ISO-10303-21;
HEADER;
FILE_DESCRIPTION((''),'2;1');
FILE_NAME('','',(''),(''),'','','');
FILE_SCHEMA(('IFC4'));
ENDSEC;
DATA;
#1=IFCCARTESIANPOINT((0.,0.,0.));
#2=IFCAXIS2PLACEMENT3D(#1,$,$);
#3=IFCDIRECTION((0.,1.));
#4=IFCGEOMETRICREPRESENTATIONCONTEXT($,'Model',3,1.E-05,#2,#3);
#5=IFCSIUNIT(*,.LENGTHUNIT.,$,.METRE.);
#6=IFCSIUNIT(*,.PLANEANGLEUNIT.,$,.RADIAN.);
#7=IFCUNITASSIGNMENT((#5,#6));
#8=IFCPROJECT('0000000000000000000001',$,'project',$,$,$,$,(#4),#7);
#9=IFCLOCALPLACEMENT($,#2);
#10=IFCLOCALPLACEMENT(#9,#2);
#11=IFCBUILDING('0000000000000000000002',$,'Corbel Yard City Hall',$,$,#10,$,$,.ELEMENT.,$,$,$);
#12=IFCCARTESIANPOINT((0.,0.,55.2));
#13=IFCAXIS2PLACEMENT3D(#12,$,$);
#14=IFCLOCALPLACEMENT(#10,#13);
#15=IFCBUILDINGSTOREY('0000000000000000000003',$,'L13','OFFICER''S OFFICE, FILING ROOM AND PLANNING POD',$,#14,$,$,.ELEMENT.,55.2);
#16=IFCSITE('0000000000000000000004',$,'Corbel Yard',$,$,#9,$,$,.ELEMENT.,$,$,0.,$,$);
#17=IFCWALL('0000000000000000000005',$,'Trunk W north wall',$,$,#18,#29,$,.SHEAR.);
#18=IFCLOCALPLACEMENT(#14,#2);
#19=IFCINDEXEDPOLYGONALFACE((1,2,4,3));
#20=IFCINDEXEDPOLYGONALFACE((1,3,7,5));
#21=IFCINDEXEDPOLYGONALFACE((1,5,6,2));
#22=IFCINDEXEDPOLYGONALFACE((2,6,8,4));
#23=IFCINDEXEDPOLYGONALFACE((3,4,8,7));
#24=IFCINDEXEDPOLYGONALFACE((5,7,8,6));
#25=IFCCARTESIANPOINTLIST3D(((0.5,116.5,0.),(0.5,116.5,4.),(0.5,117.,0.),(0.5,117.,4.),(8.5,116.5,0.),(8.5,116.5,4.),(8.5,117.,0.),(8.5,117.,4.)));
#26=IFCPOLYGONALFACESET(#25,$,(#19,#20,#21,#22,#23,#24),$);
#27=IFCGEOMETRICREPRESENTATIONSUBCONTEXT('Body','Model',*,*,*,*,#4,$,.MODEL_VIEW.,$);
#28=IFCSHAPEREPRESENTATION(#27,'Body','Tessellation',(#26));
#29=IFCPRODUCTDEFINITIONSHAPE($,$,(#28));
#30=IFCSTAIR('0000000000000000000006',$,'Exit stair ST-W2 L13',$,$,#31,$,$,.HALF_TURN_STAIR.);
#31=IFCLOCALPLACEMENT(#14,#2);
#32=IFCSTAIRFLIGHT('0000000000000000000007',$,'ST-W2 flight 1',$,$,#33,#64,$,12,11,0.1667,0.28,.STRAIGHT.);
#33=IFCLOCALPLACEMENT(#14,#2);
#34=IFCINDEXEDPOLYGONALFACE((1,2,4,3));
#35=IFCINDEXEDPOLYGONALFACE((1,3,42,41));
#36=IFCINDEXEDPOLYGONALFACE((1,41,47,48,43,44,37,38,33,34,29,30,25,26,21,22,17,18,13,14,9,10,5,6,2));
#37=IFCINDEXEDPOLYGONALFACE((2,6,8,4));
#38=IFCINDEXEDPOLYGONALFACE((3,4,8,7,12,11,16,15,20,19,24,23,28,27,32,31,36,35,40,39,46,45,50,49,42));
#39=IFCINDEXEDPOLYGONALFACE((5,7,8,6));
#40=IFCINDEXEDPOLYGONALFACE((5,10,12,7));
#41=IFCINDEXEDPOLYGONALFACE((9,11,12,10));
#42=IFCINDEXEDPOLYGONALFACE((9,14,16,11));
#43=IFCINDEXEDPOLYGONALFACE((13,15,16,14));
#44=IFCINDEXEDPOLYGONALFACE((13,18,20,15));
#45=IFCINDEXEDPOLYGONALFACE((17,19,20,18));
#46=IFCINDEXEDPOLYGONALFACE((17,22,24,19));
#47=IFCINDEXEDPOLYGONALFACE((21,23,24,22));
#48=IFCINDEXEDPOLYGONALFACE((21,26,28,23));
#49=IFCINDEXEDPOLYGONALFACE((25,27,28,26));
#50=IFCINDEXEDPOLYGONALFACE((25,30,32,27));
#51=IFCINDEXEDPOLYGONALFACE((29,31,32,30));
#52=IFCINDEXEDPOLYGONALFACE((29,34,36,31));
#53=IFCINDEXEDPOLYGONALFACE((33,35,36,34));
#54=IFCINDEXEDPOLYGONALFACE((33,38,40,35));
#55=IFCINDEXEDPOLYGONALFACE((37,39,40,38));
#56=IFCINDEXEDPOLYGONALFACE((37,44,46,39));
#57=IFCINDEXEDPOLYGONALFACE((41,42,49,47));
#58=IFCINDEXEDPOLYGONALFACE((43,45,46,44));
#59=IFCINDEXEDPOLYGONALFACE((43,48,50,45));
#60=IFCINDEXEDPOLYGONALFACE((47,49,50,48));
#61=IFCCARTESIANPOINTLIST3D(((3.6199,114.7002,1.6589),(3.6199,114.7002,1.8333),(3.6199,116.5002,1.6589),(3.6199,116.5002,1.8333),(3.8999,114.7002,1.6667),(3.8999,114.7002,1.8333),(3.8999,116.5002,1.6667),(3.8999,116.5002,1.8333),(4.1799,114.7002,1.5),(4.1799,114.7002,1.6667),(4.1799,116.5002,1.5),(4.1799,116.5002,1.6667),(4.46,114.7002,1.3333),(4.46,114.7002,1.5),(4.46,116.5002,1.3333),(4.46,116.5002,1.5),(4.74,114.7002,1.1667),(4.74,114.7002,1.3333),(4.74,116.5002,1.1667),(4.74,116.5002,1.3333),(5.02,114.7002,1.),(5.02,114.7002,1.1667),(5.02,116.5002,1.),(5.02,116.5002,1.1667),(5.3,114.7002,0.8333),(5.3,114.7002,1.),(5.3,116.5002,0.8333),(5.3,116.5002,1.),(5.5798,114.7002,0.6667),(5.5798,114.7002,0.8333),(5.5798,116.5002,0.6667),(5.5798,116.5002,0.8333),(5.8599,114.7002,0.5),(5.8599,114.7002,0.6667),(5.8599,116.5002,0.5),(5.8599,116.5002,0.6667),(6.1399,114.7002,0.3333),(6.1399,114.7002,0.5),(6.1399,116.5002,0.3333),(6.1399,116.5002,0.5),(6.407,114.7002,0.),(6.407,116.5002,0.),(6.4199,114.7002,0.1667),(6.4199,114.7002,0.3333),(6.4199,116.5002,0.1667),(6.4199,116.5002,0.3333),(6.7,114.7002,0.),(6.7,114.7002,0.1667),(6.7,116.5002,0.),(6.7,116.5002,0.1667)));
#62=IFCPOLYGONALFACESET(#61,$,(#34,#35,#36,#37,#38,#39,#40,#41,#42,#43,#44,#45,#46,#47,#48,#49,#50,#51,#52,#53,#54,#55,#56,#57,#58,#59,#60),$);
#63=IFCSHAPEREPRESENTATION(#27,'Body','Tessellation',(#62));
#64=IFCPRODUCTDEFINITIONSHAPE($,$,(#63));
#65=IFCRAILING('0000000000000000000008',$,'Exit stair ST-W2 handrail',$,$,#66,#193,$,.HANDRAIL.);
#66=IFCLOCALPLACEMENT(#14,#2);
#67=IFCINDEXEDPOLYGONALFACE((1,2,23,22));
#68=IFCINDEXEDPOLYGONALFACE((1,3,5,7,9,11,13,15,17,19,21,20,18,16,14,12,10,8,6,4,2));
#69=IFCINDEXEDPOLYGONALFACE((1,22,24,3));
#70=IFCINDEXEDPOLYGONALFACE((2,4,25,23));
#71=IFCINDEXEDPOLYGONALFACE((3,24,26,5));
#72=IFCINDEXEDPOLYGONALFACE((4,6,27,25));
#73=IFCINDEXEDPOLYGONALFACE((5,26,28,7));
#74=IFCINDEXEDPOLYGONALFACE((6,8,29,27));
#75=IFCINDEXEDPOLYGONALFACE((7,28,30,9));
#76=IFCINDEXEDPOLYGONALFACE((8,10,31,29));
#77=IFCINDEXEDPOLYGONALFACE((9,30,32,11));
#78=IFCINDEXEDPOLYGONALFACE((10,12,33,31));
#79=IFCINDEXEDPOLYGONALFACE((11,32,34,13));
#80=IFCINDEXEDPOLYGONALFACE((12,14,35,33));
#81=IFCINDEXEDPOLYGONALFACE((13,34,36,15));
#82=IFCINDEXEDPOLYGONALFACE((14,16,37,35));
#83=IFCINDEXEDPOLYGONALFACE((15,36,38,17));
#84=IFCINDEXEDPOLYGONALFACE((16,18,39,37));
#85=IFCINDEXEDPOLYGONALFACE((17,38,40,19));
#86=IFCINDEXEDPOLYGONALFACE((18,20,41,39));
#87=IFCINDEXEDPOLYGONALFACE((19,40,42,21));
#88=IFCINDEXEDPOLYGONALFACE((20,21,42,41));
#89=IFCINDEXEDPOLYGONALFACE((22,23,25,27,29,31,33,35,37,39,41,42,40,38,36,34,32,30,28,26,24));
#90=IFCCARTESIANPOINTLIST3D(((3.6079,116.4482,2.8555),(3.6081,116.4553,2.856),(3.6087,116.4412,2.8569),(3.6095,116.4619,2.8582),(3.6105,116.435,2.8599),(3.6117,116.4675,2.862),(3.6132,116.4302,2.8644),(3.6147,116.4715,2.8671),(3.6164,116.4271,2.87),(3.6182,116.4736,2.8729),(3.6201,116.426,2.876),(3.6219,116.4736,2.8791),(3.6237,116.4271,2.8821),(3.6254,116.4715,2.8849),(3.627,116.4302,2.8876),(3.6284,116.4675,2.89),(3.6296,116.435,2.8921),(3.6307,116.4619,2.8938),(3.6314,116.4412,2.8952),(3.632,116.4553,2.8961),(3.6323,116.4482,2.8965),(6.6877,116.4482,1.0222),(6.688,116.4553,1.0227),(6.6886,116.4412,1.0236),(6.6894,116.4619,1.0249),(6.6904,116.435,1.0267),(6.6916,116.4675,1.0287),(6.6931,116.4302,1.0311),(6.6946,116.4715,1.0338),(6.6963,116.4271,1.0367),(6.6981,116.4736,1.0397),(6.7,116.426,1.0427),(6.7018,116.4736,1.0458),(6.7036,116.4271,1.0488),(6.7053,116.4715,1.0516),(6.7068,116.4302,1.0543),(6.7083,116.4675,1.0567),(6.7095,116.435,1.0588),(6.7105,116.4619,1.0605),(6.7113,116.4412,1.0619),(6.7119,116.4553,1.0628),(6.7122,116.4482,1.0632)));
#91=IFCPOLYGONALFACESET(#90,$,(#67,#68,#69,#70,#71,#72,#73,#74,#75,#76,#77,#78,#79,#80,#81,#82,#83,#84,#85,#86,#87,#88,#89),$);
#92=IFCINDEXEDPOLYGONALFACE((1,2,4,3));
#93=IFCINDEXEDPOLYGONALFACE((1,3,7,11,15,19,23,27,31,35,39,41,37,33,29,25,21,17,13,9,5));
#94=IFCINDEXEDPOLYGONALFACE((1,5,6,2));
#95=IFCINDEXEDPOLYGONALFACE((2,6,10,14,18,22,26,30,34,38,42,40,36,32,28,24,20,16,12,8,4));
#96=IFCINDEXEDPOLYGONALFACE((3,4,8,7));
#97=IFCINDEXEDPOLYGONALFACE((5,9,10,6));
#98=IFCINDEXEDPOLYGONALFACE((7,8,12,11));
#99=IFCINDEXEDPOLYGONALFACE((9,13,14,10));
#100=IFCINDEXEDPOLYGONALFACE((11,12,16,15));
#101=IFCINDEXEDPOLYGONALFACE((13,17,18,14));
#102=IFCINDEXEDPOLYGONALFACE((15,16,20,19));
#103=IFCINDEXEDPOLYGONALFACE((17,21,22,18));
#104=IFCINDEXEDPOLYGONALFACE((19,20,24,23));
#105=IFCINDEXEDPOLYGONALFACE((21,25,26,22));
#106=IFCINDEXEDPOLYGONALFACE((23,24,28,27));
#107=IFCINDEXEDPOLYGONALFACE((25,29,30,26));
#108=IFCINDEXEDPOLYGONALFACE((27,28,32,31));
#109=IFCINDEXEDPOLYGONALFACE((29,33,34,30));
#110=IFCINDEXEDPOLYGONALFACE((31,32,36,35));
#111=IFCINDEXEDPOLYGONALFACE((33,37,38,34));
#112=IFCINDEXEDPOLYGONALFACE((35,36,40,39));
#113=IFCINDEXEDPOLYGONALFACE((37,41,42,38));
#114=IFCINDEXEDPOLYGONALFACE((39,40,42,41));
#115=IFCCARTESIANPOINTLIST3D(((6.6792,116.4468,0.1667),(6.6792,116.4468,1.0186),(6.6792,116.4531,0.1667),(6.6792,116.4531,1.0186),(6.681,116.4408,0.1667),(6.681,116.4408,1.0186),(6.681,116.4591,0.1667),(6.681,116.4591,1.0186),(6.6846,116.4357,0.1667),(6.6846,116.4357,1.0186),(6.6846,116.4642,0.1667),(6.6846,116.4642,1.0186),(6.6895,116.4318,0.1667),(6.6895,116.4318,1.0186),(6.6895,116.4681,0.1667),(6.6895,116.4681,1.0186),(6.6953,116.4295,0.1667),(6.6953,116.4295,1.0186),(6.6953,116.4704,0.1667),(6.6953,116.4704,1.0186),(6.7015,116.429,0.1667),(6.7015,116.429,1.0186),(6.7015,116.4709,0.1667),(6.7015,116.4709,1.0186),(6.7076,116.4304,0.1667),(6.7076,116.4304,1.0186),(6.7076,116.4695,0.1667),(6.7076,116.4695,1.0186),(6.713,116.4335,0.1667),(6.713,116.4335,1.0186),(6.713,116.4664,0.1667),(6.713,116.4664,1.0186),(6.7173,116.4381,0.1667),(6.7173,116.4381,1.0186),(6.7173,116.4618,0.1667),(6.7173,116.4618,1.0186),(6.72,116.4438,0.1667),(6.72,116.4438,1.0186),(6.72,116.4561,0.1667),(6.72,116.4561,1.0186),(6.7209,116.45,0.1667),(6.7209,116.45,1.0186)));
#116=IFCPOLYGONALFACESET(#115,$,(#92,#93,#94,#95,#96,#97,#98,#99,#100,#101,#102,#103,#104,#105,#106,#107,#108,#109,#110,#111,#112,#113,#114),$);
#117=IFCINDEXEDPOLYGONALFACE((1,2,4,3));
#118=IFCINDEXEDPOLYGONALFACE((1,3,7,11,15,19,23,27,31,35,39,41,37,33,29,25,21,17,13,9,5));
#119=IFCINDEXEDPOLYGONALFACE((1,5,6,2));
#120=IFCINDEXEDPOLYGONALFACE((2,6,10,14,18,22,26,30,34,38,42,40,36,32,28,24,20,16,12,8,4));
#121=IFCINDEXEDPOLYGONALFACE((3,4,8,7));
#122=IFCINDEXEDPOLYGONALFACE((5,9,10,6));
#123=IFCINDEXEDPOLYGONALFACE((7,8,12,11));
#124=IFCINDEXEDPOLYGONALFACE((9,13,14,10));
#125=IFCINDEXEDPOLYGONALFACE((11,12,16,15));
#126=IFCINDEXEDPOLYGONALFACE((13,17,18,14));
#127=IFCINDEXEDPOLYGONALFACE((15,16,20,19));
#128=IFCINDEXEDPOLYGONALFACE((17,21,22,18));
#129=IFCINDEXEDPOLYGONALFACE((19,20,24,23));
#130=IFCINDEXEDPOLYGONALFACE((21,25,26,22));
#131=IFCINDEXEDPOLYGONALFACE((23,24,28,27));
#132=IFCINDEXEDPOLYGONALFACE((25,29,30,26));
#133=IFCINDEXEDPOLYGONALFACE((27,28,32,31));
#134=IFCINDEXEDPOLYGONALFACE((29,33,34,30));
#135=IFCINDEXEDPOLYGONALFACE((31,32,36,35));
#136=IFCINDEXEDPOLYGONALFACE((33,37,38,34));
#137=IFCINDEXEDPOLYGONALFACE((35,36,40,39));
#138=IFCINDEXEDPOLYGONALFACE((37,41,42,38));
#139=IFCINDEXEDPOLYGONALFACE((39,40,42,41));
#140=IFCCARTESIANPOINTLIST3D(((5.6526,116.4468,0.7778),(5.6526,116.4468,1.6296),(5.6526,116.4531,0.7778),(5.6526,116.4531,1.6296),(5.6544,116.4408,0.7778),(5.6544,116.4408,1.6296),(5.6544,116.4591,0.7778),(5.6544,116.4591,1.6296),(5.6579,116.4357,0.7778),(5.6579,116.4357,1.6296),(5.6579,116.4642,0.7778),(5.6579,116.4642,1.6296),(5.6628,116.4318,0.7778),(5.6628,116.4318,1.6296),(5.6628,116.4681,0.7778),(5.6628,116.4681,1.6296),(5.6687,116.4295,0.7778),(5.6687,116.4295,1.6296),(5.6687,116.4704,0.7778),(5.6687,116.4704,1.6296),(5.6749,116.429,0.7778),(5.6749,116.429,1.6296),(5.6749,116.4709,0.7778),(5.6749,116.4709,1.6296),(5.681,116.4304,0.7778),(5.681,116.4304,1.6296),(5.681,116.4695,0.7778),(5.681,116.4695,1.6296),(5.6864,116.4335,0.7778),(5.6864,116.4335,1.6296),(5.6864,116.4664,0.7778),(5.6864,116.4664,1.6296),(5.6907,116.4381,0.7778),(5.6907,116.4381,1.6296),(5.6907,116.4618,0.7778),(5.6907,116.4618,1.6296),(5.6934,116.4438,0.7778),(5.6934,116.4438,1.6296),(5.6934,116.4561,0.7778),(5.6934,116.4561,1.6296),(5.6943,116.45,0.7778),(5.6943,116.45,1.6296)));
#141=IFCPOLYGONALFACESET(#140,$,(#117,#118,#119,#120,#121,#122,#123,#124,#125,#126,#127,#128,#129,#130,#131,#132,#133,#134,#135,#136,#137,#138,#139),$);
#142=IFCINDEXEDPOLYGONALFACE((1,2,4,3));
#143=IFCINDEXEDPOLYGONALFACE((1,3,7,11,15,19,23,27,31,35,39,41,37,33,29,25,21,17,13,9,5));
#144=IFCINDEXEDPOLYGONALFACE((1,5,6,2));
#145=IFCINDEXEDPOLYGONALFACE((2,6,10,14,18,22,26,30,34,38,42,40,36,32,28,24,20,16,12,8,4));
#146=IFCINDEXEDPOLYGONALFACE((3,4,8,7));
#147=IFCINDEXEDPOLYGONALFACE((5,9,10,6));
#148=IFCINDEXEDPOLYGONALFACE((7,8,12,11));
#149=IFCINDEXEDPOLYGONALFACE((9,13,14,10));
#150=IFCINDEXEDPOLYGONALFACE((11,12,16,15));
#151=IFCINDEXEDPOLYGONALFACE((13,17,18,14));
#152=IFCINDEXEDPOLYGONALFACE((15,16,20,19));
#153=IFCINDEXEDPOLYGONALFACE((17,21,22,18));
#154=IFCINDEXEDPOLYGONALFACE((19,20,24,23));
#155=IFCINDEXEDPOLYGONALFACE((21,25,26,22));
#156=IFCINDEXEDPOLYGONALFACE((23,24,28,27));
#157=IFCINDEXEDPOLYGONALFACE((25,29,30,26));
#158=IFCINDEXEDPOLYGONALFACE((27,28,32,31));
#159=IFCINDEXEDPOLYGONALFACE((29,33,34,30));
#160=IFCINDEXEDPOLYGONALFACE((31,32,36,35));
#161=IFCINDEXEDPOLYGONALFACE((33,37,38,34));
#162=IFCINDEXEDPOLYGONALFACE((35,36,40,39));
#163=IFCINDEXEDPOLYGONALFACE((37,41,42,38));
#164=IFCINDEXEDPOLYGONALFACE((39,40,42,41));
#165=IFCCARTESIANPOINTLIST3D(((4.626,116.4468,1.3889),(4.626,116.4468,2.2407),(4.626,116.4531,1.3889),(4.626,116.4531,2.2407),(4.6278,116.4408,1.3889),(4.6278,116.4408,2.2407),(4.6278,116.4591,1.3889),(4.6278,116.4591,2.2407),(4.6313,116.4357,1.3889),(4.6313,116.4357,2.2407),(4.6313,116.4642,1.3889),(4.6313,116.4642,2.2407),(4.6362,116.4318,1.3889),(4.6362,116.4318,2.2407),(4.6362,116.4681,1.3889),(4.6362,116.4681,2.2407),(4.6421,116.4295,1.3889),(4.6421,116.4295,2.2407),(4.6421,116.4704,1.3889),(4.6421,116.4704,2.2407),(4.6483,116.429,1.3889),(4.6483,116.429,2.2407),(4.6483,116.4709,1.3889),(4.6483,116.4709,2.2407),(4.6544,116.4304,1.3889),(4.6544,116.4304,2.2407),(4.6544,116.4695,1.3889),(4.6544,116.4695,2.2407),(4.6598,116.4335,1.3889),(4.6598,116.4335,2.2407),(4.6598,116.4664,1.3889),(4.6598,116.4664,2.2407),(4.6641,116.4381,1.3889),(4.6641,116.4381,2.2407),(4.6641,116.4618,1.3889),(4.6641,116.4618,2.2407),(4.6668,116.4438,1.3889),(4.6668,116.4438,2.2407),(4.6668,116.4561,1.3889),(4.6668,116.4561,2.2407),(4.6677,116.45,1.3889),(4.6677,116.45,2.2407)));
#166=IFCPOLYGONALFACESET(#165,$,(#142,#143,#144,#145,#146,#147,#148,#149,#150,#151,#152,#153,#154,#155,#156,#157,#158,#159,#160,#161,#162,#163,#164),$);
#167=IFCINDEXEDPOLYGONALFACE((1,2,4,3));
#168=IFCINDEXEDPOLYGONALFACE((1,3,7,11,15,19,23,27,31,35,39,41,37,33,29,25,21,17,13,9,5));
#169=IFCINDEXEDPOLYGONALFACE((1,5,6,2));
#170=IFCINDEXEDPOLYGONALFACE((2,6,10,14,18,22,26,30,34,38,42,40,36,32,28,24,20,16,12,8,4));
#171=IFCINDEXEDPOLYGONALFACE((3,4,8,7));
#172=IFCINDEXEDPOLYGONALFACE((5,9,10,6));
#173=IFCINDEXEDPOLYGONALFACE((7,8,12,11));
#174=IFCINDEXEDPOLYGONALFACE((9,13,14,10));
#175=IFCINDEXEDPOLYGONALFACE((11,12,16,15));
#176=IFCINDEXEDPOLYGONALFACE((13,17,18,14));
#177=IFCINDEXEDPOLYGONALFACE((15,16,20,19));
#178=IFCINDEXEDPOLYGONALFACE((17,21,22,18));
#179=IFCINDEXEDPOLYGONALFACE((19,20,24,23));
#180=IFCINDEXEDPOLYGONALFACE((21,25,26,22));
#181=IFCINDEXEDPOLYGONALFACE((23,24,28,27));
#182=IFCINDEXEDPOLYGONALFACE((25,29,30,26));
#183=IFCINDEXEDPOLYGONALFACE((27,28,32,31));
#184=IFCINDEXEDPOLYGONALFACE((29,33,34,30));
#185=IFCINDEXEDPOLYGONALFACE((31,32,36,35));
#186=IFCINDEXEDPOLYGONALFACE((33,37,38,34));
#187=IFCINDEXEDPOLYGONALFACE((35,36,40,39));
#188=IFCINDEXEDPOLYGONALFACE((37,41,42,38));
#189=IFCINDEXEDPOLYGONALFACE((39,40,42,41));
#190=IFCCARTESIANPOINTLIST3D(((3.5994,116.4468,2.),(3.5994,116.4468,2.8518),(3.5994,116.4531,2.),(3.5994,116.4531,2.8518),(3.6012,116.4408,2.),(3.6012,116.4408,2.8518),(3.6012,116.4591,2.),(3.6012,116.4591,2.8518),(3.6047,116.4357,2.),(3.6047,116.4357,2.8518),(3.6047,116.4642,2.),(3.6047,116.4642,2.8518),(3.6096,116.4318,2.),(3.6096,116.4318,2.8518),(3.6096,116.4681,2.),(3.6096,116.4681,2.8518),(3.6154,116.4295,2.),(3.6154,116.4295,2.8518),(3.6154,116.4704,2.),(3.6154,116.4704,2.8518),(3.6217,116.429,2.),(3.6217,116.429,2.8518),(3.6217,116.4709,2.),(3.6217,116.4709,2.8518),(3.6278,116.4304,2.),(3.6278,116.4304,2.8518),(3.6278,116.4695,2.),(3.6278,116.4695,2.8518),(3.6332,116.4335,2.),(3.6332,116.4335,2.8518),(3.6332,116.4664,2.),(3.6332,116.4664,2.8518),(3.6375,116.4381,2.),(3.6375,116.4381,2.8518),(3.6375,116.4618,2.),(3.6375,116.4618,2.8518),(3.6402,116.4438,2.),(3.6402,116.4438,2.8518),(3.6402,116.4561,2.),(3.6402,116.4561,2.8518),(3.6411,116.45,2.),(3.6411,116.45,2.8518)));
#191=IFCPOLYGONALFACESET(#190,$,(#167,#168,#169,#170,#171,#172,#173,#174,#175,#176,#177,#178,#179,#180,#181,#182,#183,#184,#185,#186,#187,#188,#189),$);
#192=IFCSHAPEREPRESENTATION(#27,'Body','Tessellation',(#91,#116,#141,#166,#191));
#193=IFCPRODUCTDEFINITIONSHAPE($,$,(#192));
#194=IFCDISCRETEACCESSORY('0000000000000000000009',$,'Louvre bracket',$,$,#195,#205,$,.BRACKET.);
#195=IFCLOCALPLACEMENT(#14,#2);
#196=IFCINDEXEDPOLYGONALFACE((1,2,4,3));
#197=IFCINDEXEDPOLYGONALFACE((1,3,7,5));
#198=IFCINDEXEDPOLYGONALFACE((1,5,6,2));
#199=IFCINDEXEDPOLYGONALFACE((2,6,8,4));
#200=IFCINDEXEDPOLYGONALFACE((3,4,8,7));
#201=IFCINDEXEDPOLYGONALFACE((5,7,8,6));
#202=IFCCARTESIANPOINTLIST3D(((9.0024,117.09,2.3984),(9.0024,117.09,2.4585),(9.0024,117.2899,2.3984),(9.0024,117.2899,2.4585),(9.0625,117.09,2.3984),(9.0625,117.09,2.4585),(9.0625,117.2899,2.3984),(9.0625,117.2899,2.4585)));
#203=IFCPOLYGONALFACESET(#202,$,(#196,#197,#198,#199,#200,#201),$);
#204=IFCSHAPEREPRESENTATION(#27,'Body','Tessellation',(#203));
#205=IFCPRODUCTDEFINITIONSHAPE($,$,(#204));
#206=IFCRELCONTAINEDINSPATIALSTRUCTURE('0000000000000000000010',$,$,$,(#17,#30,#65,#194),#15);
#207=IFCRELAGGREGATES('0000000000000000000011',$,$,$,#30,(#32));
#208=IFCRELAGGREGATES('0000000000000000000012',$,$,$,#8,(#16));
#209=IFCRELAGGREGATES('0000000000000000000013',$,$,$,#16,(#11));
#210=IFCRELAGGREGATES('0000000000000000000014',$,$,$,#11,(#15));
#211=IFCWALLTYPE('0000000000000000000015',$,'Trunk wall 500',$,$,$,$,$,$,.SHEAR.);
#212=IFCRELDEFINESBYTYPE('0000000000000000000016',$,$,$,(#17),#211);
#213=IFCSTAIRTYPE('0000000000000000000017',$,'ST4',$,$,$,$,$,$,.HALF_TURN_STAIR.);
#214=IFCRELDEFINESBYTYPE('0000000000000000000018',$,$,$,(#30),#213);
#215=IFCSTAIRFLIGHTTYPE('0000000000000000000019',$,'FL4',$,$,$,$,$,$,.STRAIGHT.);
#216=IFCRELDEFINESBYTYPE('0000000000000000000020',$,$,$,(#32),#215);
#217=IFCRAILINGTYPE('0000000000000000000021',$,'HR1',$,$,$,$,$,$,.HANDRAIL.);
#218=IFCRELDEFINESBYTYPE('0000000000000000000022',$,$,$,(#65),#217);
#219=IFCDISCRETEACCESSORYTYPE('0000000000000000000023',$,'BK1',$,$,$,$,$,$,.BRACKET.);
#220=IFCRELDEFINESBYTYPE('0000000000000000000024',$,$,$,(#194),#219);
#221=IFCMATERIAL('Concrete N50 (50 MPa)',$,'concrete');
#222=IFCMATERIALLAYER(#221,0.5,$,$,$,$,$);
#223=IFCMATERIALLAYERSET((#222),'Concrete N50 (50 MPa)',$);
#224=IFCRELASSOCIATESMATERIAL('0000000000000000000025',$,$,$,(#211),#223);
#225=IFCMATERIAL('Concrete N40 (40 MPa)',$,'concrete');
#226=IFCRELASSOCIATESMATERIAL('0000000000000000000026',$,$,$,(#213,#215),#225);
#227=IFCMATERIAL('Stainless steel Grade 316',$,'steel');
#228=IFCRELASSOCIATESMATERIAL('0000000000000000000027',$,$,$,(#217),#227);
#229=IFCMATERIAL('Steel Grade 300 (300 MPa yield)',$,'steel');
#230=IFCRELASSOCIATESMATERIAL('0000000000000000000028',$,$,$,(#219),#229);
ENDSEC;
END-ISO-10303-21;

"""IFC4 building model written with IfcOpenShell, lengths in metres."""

from ifc_helpers import new_model, si_unit, direction, frame, frame_2d, origin, origin_2d, place, context, subcontext, project, spatial, polyline, rectangle, circle, outline, extrude, material, layer, layer_set, type_object, element, aggregate, save


model = new_model("IFC4")

# Units and contexts
model_context = context("Model", 3, precision=1e-05, world=origin(), true_north=direction((0.0, 1.0)))
body_context = subcontext(model_context, "Body", "Model", "MODEL_VIEW")
ifc_project = project(units=[si_unit("LENGTHUNIT", "METRE"), si_unit("PLANEANGLEUNIT", "RADIAN")], contexts=[model_context])

# Site, building, storey
site_placement = place(None, origin())
site = spatial("IfcSite", under=ifc_project, at=site_placement, Name="Corbel Yard", CompositionType="ELEMENT", RefElevation=0.0)
building_placement = place(site_placement, origin())
building = spatial("IfcBuilding", under=site, at=building_placement, Name="Corbel Yard City Hall", CompositionType="ELEMENT")
storey_placement = place(building_placement, frame((0.0, 0.0, 55.2)))
storey = spatial("IfcBuildingStorey", under=building, at=storey_placement, Name="L13", Description="OFFICER'S OFFICE, FILING ROOM AND PLANNING POD", CompositionType="ELEMENT", Elevation=55.2)

# Shared definitions
ifc_material_1 = material(Name="Steel Grade 300 (300 MPa yield)", Category="steel")

# Wall
ifc_material_2 = material(Name="Concrete N50 (50 MPa)", Category="concrete")
ifc_layer_1 = layer(ifc_material_2, 0.5)
ifc_layer_set_1 = layer_set([ifc_layer_1], Name="Concrete N50 (50 MPa)")
wall_type = type_object("IfcWallType", Name="Trunk wall 500", PredefinedType="SHEAR", material=ifc_layer_set_1)
wall_placement = place(storey_placement, frame((0.5, 116.75, 0.0), z_axis=(0.0, 0.0, 1.0), x_axis=(1.0, 0.0, 0.0)))
element("IfcWall", 1, at=wall_placement, inside=storey, type_object=wall_type, Name="Trunk W north wall", PredefinedType="SHEAR", context=body_context, shape_type="SweptSolid", body=[
    extrude(rectangle(XDim=8.0, YDim=0.5, at=frame_2d((4.0, 0.0))), origin(), (0.0, 0.0, 1.0), 4.0),
])

# Stair, stair flight
ifc_material_3 = material(Name="Concrete N40 (40 MPa)", Category="concrete")
stair_type = type_object("IfcStairType", Name="ST4", PredefinedType="HALF_TURN_STAIR", material=ifc_material_3)
stair_placement = place(storey_placement, origin())
stair = element("IfcStair", 2, at=stair_placement, inside=storey, type_object=stair_type, Name="Exit stair ST-W2 L13", PredefinedType="HALF_TURN_STAIR")
stair_flight_type = type_object("IfcStairFlightType", Name="FL4", PredefinedType="STRAIGHT", material=ifc_material_3)
stair_flight_placement = place(storey_placement, frame((6.7, 115.6001, 0.0), z_axis=(0.0, 0.0, 1.0), x_axis=(-1.0, 0.0, 0.0)))
stair_flight = element("IfcStairFlight", 3, at=stair_flight_placement, type_object=stair_flight_type, Name="ST-W2 flight 1", NumberOfRisers=12, NumberOfTreads=11, PredefinedType="STRAIGHT", RiserHeight=0.1667, TreadLength=0.28, context=body_context, shape_type="SweptSolid", body=[
    extrude(outline(polyline([(0.0, 0.0), (0.0, 0.1667), (0.28, 0.1667), (0.28, 0.3333), (0.5601, 0.3333), (0.5601, 0.5), (0.8401, 0.5), (0.8401, 0.6667), (1.1201, 0.6667), (1.1201, 0.8333), (1.3999, 0.8333), (1.3999, 1.0), (1.6799, 1.0), (1.6799, 1.1667), (1.96, 1.1667), (1.96, 1.3333), (2.24, 1.3333), (2.24, 1.5), (2.52, 1.5), (2.52, 1.6667), (2.8, 1.6667), (2.8, 1.8333), (3.0801, 1.8333), (3.0801, 2.0), (3.0801, 1.6589), (0.293, 0.0), (0.0, 0.0)])), frame((0.0, 0.8999, 0.0), z_axis=(0.0, -1.0, 0.0), x_axis=(1.0, 0.0, 0.0)), (0.0, 0.0, 1.0), 1.8),
])
aggregate(stair, [stair_flight])

# Railing
ifc_material_4 = material(Name="Stainless steel Grade 316", Category="steel")
railing_type = type_object("IfcRailingType", Name="HR1", PredefinedType="HANDRAIL", material=ifc_material_4)
railing_placement = place(storey_placement, frame((6.7, 116.45, 0.1667)))
element("IfcRailing", 4, at=railing_placement, inside=storey, type_object=railing_type, Name="Exit stair ST-W2 handrail", PredefinedType="HANDRAIL", context=body_context, shape_type="SweptSolid", body=[
    extrude(circle(Radius=0.0239, at=origin_2d()), frame((0.0, 0.0, 0.876), z_axis=(-0.859291, 0.0, 0.511487), x_axis=(0.0, -1.0, 0.0)), (0.0, 0.0, 1.0), 3.5842),
    extrude(circle(Radius=0.021, at=origin_2d()), origin(), (0.0, 0.0, 1.0), 0.8518),
    extrude(circle(Radius=0.021, at=origin_2d()), frame((-1.0266, 0.0, 0.6111)), (0.0, 0.0, 1.0), 0.8518),
    extrude(circle(Radius=0.021, at=origin_2d()), frame((-2.0532, 0.0, 1.2222)), (0.0, 0.0, 1.0), 0.8518),
    extrude(circle(Radius=0.021, at=origin_2d()), frame((-3.0798, 0.0, 1.8333)), (0.0, 0.0, 1.0), 0.8518),
])

# Discrete accessory
discrete_accessory_type = type_object("IfcDiscreteAccessoryType", Name="BK1", PredefinedType="BRACKET", material=ifc_material_1)
for number, where, z_axis, x_axis, name in (
    (5, (9.0325, 117.1899, 2.3984), (0.0, 0.0, 1.0), (1.0, 0.0, 0.0), "Louvre bracket"),
):
    element("IfcDiscreteAccessory", number, at=place(storey_placement, frame(where, z_axis=z_axis, x_axis=x_axis)), inside=storey, type_object=discrete_accessory_type, Name=name, PredefinedType="BRACKET", context=body_context, shape_type="SweptSolid", body=[
        extrude(rectangle(XDim=0.0601, YDim=0.2, at=origin_2d()), origin(), (0.0, 0.0, 1.0), 0.0601),
    ])

save(model, "model.ifc")
